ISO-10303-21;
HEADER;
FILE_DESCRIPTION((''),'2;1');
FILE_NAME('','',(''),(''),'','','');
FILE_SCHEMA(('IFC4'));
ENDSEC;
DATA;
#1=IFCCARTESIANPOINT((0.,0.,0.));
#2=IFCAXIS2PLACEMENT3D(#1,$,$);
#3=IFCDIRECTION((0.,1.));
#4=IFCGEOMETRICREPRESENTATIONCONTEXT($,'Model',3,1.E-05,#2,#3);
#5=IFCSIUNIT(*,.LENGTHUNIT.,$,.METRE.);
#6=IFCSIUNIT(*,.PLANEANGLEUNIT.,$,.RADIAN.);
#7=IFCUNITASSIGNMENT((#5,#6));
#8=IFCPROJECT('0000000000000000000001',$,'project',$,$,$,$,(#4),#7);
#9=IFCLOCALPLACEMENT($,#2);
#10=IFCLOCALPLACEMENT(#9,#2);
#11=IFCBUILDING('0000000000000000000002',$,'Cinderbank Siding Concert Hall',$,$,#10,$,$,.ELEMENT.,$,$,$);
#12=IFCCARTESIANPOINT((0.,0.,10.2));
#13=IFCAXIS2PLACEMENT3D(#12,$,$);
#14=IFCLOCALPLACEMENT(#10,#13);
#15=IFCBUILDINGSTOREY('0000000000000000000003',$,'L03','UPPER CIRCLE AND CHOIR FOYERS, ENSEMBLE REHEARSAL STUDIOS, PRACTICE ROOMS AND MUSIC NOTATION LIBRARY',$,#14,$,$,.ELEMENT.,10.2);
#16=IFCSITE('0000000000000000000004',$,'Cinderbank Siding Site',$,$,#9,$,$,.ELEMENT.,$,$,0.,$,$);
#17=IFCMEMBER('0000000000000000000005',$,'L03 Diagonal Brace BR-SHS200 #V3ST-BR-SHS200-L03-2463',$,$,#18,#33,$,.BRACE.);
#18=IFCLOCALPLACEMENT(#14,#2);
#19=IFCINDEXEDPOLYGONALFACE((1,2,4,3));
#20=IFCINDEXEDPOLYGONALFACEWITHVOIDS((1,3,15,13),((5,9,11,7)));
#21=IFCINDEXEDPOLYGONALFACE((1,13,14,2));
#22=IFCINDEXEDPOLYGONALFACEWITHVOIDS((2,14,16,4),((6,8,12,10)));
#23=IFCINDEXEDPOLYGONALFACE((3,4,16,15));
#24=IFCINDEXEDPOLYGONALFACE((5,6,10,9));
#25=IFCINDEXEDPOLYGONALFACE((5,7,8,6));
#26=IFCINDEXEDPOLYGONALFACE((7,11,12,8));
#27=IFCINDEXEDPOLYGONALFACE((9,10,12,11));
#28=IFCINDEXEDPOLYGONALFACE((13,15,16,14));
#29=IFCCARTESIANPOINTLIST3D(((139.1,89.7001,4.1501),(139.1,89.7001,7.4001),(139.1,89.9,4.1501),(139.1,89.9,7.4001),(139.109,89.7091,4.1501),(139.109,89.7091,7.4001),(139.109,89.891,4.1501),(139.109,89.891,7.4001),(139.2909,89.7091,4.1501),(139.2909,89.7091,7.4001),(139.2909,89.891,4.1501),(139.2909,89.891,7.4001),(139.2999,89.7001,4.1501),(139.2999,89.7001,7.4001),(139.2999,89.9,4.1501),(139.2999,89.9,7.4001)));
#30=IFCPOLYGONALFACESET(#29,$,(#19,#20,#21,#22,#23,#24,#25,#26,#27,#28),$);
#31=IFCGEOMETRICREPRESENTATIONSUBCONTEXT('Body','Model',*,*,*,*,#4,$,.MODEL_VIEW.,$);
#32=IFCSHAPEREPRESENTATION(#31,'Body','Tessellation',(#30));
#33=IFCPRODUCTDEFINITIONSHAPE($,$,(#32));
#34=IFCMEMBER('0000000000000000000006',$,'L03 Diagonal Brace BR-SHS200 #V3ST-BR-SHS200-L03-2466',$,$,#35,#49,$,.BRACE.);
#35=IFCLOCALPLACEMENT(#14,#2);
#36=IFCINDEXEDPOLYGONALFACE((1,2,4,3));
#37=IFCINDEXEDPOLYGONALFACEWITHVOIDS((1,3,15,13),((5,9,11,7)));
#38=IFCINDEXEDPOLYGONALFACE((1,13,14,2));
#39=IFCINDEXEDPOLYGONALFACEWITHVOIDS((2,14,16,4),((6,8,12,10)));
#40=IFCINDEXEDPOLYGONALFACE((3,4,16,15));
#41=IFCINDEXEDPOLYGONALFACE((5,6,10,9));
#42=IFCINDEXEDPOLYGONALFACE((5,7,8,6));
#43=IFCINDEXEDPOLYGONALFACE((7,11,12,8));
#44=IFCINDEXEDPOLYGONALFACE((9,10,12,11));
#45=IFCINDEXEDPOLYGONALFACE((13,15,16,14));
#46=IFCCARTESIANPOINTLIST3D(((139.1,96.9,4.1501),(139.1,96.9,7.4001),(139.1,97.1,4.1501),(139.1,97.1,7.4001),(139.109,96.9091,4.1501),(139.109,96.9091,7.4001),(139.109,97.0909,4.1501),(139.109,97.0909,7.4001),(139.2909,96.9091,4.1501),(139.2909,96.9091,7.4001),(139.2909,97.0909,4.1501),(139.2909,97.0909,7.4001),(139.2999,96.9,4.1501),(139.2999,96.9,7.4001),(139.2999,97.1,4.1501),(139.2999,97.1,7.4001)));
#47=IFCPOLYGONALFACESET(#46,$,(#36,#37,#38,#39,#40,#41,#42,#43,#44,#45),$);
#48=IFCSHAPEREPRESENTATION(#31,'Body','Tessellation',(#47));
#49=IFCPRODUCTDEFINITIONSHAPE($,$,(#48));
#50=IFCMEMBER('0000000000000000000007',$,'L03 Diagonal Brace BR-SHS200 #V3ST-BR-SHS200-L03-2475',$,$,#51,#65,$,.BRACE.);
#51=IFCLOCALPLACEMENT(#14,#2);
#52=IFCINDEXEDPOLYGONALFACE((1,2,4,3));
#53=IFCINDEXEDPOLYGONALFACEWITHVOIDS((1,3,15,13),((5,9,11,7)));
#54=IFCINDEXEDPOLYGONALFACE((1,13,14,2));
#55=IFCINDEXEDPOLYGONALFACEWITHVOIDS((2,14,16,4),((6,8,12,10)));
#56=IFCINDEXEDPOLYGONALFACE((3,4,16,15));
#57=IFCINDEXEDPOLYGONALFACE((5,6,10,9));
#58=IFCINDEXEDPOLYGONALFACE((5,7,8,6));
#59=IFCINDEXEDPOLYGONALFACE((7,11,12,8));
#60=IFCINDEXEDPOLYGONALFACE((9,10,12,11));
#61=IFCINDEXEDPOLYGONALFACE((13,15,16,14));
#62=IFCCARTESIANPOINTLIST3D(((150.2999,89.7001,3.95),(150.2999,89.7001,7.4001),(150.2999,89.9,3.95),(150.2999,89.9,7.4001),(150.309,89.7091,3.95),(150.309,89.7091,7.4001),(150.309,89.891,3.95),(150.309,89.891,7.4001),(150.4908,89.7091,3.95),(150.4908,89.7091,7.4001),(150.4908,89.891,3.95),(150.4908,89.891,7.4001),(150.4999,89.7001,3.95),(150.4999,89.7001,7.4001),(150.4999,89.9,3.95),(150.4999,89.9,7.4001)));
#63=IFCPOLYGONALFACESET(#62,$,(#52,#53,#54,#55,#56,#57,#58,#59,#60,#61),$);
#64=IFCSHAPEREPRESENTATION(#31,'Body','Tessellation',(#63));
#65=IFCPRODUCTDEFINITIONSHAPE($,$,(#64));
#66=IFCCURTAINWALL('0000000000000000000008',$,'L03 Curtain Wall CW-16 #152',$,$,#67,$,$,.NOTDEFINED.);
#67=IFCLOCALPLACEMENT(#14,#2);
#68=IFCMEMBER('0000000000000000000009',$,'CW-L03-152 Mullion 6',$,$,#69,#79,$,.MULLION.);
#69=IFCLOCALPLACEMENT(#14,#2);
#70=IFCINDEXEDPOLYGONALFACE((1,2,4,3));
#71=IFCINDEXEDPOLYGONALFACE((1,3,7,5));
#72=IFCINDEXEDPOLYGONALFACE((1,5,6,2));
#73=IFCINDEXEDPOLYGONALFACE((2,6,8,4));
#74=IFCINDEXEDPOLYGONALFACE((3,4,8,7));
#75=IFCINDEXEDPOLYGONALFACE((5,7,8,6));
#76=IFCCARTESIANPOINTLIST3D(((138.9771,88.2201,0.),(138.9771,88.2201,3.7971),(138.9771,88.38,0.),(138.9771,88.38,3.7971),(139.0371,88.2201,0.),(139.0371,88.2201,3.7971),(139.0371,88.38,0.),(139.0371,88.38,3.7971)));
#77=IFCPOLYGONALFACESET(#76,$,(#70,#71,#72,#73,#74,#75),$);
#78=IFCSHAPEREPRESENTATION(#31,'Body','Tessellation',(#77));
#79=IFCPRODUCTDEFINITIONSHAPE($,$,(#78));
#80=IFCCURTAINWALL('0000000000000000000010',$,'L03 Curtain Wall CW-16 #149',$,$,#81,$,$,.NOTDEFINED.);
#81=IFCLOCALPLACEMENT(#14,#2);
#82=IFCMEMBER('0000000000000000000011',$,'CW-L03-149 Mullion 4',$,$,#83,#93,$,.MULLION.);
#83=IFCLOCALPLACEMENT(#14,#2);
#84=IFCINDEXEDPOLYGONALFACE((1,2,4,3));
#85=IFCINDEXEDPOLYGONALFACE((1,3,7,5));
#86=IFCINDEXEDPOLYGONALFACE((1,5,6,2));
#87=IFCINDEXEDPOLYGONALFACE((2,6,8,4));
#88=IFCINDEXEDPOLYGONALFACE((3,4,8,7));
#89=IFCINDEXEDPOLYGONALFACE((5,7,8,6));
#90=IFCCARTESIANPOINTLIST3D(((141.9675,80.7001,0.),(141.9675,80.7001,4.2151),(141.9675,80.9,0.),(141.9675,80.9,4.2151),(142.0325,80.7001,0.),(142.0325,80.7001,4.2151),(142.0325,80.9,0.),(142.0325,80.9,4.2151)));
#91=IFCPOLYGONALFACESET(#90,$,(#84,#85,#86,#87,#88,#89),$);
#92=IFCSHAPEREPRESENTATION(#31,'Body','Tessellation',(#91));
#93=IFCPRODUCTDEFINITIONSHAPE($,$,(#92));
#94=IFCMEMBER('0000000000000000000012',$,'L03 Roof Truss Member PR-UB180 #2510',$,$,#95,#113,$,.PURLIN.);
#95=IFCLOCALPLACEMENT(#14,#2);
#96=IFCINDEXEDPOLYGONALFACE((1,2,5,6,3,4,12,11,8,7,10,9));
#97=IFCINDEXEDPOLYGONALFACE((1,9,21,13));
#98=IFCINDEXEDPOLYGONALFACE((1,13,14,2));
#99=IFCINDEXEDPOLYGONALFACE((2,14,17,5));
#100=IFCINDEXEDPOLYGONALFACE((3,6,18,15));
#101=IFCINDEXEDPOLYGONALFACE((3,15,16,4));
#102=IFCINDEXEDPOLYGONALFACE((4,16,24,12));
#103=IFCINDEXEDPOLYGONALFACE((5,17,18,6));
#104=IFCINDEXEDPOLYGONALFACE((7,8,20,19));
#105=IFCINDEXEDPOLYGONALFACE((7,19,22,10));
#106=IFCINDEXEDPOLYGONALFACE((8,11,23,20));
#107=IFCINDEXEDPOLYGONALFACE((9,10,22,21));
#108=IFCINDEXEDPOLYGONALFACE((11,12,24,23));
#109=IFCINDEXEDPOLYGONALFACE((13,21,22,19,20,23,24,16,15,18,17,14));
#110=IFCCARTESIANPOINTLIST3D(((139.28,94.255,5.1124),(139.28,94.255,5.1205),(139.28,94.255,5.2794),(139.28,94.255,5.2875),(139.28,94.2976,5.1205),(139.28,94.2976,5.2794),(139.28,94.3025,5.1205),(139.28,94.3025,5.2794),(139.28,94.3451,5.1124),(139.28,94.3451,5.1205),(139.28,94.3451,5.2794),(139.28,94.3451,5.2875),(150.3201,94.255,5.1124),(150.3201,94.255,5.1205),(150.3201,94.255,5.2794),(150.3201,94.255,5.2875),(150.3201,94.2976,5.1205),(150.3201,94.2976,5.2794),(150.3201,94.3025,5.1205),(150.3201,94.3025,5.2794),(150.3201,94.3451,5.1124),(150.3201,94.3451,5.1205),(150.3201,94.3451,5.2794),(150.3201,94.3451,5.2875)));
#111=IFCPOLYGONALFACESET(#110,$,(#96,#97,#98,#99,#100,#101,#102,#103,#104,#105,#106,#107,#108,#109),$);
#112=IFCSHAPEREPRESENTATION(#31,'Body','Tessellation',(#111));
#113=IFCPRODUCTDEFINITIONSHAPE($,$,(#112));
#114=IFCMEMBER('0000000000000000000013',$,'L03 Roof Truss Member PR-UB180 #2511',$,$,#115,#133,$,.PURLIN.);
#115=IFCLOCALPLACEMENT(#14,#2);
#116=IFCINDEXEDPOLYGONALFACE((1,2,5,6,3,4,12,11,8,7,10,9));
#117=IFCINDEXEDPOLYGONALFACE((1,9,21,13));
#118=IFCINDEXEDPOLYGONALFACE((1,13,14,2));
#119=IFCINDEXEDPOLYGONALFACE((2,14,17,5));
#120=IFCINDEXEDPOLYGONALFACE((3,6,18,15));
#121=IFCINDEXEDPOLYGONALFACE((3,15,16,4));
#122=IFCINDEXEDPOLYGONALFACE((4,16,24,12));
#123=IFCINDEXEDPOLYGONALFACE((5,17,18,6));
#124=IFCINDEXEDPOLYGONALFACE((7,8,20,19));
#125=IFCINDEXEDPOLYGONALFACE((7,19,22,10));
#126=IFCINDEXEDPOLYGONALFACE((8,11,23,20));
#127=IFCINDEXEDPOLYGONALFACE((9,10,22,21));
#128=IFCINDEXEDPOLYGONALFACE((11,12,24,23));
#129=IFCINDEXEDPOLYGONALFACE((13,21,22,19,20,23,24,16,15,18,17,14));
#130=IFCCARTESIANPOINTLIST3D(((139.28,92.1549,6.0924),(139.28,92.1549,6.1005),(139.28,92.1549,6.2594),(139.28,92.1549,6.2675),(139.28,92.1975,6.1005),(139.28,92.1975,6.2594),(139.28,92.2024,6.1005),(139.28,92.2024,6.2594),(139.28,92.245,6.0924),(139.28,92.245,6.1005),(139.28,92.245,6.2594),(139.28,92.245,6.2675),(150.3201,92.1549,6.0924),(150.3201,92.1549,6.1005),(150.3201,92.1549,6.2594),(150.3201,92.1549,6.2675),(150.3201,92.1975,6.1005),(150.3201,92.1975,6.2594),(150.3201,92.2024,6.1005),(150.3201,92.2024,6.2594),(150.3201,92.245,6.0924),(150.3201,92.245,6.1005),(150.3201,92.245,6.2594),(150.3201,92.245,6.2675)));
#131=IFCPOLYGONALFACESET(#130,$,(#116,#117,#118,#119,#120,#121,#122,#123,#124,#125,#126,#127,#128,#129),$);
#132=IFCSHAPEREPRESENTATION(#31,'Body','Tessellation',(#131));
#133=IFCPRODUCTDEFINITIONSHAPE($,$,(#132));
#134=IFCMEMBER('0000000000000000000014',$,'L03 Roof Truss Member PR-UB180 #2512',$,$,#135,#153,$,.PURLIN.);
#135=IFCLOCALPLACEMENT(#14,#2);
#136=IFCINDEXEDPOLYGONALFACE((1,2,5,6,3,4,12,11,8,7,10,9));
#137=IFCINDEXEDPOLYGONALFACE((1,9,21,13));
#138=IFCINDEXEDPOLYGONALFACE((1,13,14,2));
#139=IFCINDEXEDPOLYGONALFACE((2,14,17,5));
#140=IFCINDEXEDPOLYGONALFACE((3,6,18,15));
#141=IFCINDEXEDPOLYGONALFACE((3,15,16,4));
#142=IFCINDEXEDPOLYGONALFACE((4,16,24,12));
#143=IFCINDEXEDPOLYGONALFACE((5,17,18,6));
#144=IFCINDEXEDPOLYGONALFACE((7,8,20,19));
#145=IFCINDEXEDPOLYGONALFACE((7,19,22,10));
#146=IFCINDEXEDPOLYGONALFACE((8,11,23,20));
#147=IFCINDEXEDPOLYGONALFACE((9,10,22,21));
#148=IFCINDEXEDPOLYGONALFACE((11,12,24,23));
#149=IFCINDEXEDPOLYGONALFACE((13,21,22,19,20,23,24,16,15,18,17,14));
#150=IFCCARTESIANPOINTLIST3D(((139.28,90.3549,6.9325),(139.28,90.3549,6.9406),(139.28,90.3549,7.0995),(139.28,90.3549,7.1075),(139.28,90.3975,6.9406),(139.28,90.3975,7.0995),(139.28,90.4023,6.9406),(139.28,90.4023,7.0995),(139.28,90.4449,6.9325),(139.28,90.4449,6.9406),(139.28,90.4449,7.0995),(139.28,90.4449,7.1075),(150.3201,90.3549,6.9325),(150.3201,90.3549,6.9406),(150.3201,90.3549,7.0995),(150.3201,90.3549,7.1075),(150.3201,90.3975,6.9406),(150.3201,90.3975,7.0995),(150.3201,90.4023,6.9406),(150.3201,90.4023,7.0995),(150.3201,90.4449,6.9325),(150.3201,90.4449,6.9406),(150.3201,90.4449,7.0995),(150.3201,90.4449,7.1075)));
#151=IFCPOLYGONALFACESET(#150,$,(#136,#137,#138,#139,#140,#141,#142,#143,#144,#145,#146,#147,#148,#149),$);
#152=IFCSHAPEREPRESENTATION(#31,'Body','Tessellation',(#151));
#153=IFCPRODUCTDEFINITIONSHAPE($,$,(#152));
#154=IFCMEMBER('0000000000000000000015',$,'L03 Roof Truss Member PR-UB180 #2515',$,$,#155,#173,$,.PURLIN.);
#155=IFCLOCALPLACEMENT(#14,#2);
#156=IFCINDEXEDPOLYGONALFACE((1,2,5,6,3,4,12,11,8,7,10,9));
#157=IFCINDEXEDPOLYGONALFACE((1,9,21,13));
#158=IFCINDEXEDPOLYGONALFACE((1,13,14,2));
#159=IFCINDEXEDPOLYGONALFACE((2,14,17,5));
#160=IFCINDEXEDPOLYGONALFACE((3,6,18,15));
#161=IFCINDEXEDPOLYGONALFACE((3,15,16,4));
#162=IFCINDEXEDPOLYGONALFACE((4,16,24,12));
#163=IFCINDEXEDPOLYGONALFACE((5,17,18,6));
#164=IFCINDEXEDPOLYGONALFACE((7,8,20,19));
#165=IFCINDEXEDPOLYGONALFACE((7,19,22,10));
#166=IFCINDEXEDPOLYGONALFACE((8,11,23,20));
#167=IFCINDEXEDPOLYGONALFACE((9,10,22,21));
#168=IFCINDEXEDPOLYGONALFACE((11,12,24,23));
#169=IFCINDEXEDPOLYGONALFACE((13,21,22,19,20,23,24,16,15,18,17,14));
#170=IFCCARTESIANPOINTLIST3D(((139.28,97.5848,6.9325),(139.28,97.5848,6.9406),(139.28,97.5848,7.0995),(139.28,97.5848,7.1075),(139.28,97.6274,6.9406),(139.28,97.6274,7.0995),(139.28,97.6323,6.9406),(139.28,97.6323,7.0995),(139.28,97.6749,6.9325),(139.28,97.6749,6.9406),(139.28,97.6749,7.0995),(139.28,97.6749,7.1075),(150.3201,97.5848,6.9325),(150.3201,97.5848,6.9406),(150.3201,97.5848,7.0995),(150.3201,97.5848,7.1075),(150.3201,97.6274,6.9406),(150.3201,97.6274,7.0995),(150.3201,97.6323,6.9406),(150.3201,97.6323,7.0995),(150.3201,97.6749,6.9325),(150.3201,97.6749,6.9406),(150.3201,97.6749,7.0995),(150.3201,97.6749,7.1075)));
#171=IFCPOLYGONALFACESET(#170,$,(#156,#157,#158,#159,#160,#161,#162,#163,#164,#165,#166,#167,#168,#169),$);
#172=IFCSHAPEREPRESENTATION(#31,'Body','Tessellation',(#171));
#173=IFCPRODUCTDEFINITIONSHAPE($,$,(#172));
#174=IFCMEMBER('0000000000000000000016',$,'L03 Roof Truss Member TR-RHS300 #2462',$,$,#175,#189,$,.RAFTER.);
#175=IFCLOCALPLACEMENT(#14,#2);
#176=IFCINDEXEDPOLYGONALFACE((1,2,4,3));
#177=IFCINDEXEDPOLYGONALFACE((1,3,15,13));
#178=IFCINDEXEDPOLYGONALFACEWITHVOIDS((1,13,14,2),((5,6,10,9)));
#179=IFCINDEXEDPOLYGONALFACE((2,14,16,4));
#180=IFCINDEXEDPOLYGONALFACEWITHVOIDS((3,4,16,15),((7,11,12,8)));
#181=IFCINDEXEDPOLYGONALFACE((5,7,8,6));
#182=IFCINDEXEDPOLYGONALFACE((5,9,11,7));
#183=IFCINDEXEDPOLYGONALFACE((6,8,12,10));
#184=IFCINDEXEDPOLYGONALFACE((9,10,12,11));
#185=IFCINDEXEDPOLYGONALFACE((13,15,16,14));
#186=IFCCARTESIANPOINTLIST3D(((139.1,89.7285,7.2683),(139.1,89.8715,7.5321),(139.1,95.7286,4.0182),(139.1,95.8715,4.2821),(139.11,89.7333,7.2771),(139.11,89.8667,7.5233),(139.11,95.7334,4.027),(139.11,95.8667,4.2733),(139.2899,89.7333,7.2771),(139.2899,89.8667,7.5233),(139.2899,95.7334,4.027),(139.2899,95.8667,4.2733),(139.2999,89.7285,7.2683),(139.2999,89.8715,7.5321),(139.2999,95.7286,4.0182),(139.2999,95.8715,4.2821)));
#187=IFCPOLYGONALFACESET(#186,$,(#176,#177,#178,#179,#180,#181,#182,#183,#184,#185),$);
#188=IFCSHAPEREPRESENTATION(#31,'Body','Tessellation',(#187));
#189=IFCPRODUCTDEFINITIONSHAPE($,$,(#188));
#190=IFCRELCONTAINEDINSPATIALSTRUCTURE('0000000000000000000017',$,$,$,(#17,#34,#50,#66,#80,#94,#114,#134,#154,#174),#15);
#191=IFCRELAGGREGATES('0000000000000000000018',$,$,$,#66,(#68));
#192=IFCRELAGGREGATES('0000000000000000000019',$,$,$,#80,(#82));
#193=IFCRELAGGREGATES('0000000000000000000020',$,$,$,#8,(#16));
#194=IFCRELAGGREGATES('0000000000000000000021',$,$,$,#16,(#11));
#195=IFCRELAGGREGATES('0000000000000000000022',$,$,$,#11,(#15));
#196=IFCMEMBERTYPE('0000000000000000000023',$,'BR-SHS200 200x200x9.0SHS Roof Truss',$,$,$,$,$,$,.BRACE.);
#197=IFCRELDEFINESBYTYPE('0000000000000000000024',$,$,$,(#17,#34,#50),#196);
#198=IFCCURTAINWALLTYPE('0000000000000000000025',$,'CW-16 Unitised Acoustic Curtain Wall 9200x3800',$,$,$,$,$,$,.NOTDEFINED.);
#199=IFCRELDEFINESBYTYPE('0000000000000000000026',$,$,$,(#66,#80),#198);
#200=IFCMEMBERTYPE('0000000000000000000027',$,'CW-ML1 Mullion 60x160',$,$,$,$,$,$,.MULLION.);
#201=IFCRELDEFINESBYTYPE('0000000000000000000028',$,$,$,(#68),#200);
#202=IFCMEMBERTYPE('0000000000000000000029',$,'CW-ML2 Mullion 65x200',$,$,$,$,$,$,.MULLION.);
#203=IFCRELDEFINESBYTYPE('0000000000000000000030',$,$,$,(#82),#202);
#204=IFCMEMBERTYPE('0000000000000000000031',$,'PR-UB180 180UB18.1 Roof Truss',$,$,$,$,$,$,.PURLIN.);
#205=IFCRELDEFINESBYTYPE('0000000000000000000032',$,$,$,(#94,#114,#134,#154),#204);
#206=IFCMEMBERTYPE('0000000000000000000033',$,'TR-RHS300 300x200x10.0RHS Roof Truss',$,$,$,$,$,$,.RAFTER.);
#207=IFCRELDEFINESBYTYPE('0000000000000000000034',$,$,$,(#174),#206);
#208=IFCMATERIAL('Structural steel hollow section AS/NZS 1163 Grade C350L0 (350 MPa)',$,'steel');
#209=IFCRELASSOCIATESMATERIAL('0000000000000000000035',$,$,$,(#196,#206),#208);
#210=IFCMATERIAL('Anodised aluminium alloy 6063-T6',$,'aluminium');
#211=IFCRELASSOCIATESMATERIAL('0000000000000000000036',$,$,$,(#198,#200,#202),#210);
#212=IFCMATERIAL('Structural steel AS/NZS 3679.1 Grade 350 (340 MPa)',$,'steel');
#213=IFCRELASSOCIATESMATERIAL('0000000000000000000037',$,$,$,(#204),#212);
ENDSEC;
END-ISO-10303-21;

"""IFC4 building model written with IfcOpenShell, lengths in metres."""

from ifc_helpers import new_model, si_unit, direction, frame, origin, origin_2d, place, context, subcontext, project, spatial, rectangle, hollow_rectangle, i_section, extrude, material, material_profile, profile_set, type_object, element, aggregate, save


model = new_model("IFC4")

# Units and contexts
model_context = context("Model", 3, precision=1e-05, world=origin(), true_north=direction((0.0, 1.0)))
body_context = subcontext(model_context, "Body", "Model", "MODEL_VIEW")
ifc_project = project(units=[si_unit("LENGTHUNIT", "METRE"), si_unit("PLANEANGLEUNIT", "RADIAN")], contexts=[model_context])

# Site, building, storey
site_placement = place(None, origin())
site = spatial("IfcSite", under=ifc_project, at=site_placement, Name="Cinderbank Siding Site", CompositionType="ELEMENT", RefElevation=0.0)
building_placement = place(site_placement, origin())
building = spatial("IfcBuilding", under=site, at=building_placement, Name="Cinderbank Siding Concert Hall", CompositionType="ELEMENT")
storey_placement = place(building_placement, frame((0.0, 0.0, 10.2)))
storey = spatial("IfcBuildingStorey", under=building, at=storey_placement, Name="L03", Description="UPPER CIRCLE AND CHOIR FOYERS, ENSEMBLE REHEARSAL STUDIOS, PRACTICE ROOMS AND MUSIC NOTATION LIBRARY", CompositionType="ELEMENT", Elevation=10.2)

# Shared definitions
ifc_material_1 = material(Name="Structural steel AS/NZS 3679.1 Grade 350 (340 MPa)", Category="steel")

# Members
ifc_material_2 = material(Name="Structural steel hollow section AS/NZS 1163 Grade C350L0 (350 MPa)", Category="steel")
ifc_material_profile_1 = material_profile(ifc_material_2, hollow_rectangle(XDim=0.2, YDim=0.2, WallThickness=0.009, at=origin_2d()), Name="200x200x9.0SHS", Category="LoadBearing")
ifc_profile_set_1 = profile_set([ifc_material_profile_1], Name="Structural steel hollow section AS/NZS 1163 Grade C350L0 (350 MPa)")
member_type_1 = type_object("IfcMemberType", Name="BR-SHS200 200x200x9.0SHS Roof Truss", PredefinedType="BRACE", material=ifc_profile_set_1)
for number, where, z_axis, x_axis, name in (
    (1, (139.2, 89.8, 4.1501), (0.0, 0.0, 1.0), (1.0, 0.0, 0.0), "L03 Diagonal Brace BR-SHS200 #V3ST-BR-SHS200-L03-2463"),
    (2, (139.2, 97.0, 4.1501), (0.0, 0.0, 1.0), (1.0, 0.0, 0.0), "L03 Diagonal Brace BR-SHS200 #V3ST-BR-SHS200-L03-2466"),
):
    element("IfcMember", number, at=place(storey_placement, frame(where, z_axis=z_axis, x_axis=x_axis)), inside=storey, type_object=member_type_1, Name=name, PredefinedType="BRACE", context=body_context, shape_type="SweptSolid", body=[
        extrude(hollow_rectangle(XDim=0.2, YDim=0.2, WallThickness=0.009, at=origin_2d()), origin(), (0.0, 0.0, 1.0), 3.25),
    ])
member_1_placement = place(storey_placement, frame((150.3999, 89.8, 3.95), z_axis=(0.0, 0.0, 1.0), x_axis=(1.0, 0.0, 0.0)))
element("IfcMember", 3, at=member_1_placement, inside=storey, type_object=member_type_1, Name="L03 Diagonal Brace BR-SHS200 #V3ST-BR-SHS200-L03-2475", PredefinedType="BRACE", context=body_context, shape_type="SweptSolid", body=[
    extrude(hollow_rectangle(XDim=0.2, YDim=0.2, WallThickness=0.009, at=origin_2d()), origin(), (0.0, 0.0, 1.0), 3.4502),
])

# Curtain walls, members
ifc_material_3 = material(Name="Anodised aluminium alloy 6063-T6", Category="aluminium")
curtain_wall_type = type_object("IfcCurtainWallType", Name="CW-16 Unitised Acoustic Curtain Wall 9200x3800", PredefinedType="NOTDEFINED", material=ifc_material_3)
curtain_wall_1_placement = place(storey_placement, origin())
curtain_wall_1 = element("IfcCurtainWall", 4, at=curtain_wall_1_placement, inside=storey, type_object=curtain_wall_type, Name="L03 Curtain Wall CW-16 #152", PredefinedType="NOTDEFINED")
ifc_material_profile_2 = material_profile(ifc_material_3, rectangle(XDim=0.0601, YDim=0.1599, at=origin_2d()), Name="ALU-MULL-60x160", Category="LoadBearing")
ifc_profile_set_2 = profile_set([ifc_material_profile_2], Name="Anodised aluminium alloy 6063-T6")
member_type_2 = type_object("IfcMemberType", Name="CW-ML1 Mullion 60x160", PredefinedType="MULLION", material=ifc_profile_set_2)
member_2_placement = place(storey_placement, frame((139.0071, 88.3, 0.0), z_axis=(0.0, 0.0, 1.0), x_axis=(1.0, 0.0, 0.0)))
member_2 = element("IfcMember", 5, at=member_2_placement, type_object=member_type_2, Name="CW-L03-152 Mullion 6", PredefinedType="MULLION", context=body_context, shape_type="SweptSolid", body=[
    extrude(rectangle(XDim=0.0601, YDim=0.1599, at=origin_2d()), origin(), (0.0, 0.0, 1.0), 3.7971),
])
aggregate(curtain_wall_1, [member_2])
curtain_wall_2_placement = place(storey_placement, origin())
curtain_wall_2 = element("IfcCurtainWall", 6, at=curtain_wall_2_placement, inside=storey, type_object=curtain_wall_type, Name="L03 Curtain Wall CW-16 #149", PredefinedType="NOTDEFINED")
ifc_material_profile_3 = material_profile(ifc_material_3, rectangle(XDim=0.0649, YDim=0.2, at=origin_2d()), Name="ALU-MULL-65x200", Category="LoadBearing")
ifc_profile_set_3 = profile_set([ifc_material_profile_3], Name="Anodised aluminium alloy 6063-T6")
member_type_3 = type_object("IfcMemberType", Name="CW-ML2 Mullion 65x200", PredefinedType="MULLION", material=ifc_profile_set_3)
member_3_placement = place(storey_placement, frame((142.0, 80.8, 0.0), z_axis=(0.0, 0.0, 1.0), x_axis=(1.0, 0.0, 0.0)))
member_3 = element("IfcMember", 7, at=member_3_placement, type_object=member_type_3, Name="CW-L03-149 Mullion 4", PredefinedType="MULLION", context=body_context, shape_type="SweptSolid", body=[
    extrude(rectangle(XDim=0.0649, YDim=0.2, at=origin_2d()), origin(), (0.0, 0.0, 1.0), 4.2151),
])

# Members
ifc_material_profile_4 = material_profile(ifc_material_1, i_section(OverallWidth=0.0901, OverallDepth=0.175, WebThickness=0.0049, FlangeThickness=0.0081, at=origin_2d()), Name="180UB18.1", Category="LoadBearing")
ifc_profile_set_4 = profile_set([ifc_material_profile_4], Name="Structural steel AS/NZS 3679.1 Grade 350 (340 MPa)")
member_type_4 = type_object("IfcMemberType", Name="PR-UB180 180UB18.1 Roof Truss", PredefinedType="PURLIN", material=ifc_profile_set_4)
for number, where, z_axis, x_axis, name in (
    (8, (139.28, 94.3, 5.2), (1.0, 0.0, 0.0), (0.0, 1.0, 0.0), "L03 Roof Truss Member PR-UB180 #2510"),
    (9, (139.28, 92.2, 6.1799), (1.0, 0.0, 0.0), (0.0, 1.0, 0.0), "L03 Roof Truss Member PR-UB180 #2511"),
    (10, (139.28, 90.3999, 7.02), (1.0, 0.0, 0.0), (0.0, 1.0, 0.0), "L03 Roof Truss Member PR-UB180 #2512"),
    (11, (139.28, 97.6299, 7.02), (1.0, 0.0, 0.0), (0.0, 1.0, 0.0), "L03 Roof Truss Member PR-UB180 #2515"),
):
    element("IfcMember", number, at=place(storey_placement, frame(where, z_axis=z_axis, x_axis=x_axis)), inside=storey, type_object=member_type_4, Name=name, PredefinedType="PURLIN", context=body_context, shape_type="SweptSolid", body=[
        extrude(i_section(OverallWidth=0.0901, OverallDepth=0.175, WebThickness=0.0049, FlangeThickness=0.0081, at=origin_2d()), origin(), (0.0, 0.0, 1.0), 11.04),
    ])
ifc_material_profile_5 = material_profile(ifc_material_2, hollow_rectangle(XDim=0.2, YDim=0.3, WallThickness=0.01, at=origin_2d()), Name="300x200x10.0RHS", Category="LoadBearing")
ifc_profile_set_5 = profile_set([ifc_material_profile_5], Name="Structural steel hollow section AS/NZS 1163 Grade C350L0 (350 MPa)")
member_type_5 = type_object("IfcMemberType", Name="TR-RHS300 300x200x10.0RHS Roof Truss", PredefinedType="RAFTER", material=ifc_profile_set_5)
member_4_placement = place(storey_placement, frame((139.2, 95.8, 4.1501), z_axis=(0.0, -0.879292, 0.476283), x_axis=(1.0, 0.0, 0.0)))
element("IfcMember", 12, at=member_4_placement, inside=storey, type_object=member_type_5, Name="L03 Roof Truss Member TR-RHS300 #2462", PredefinedType="RAFTER", context=body_context, shape_type="SweptSolid", body=[
    extrude(hollow_rectangle(XDim=0.2, YDim=0.3, WallThickness=0.01, at=origin_2d()), origin(), (0.0, 0.0, 1.0), 6.8237),
])

aggregate(curtain_wall_2, [member_3])

save(model, "model.ifc")
